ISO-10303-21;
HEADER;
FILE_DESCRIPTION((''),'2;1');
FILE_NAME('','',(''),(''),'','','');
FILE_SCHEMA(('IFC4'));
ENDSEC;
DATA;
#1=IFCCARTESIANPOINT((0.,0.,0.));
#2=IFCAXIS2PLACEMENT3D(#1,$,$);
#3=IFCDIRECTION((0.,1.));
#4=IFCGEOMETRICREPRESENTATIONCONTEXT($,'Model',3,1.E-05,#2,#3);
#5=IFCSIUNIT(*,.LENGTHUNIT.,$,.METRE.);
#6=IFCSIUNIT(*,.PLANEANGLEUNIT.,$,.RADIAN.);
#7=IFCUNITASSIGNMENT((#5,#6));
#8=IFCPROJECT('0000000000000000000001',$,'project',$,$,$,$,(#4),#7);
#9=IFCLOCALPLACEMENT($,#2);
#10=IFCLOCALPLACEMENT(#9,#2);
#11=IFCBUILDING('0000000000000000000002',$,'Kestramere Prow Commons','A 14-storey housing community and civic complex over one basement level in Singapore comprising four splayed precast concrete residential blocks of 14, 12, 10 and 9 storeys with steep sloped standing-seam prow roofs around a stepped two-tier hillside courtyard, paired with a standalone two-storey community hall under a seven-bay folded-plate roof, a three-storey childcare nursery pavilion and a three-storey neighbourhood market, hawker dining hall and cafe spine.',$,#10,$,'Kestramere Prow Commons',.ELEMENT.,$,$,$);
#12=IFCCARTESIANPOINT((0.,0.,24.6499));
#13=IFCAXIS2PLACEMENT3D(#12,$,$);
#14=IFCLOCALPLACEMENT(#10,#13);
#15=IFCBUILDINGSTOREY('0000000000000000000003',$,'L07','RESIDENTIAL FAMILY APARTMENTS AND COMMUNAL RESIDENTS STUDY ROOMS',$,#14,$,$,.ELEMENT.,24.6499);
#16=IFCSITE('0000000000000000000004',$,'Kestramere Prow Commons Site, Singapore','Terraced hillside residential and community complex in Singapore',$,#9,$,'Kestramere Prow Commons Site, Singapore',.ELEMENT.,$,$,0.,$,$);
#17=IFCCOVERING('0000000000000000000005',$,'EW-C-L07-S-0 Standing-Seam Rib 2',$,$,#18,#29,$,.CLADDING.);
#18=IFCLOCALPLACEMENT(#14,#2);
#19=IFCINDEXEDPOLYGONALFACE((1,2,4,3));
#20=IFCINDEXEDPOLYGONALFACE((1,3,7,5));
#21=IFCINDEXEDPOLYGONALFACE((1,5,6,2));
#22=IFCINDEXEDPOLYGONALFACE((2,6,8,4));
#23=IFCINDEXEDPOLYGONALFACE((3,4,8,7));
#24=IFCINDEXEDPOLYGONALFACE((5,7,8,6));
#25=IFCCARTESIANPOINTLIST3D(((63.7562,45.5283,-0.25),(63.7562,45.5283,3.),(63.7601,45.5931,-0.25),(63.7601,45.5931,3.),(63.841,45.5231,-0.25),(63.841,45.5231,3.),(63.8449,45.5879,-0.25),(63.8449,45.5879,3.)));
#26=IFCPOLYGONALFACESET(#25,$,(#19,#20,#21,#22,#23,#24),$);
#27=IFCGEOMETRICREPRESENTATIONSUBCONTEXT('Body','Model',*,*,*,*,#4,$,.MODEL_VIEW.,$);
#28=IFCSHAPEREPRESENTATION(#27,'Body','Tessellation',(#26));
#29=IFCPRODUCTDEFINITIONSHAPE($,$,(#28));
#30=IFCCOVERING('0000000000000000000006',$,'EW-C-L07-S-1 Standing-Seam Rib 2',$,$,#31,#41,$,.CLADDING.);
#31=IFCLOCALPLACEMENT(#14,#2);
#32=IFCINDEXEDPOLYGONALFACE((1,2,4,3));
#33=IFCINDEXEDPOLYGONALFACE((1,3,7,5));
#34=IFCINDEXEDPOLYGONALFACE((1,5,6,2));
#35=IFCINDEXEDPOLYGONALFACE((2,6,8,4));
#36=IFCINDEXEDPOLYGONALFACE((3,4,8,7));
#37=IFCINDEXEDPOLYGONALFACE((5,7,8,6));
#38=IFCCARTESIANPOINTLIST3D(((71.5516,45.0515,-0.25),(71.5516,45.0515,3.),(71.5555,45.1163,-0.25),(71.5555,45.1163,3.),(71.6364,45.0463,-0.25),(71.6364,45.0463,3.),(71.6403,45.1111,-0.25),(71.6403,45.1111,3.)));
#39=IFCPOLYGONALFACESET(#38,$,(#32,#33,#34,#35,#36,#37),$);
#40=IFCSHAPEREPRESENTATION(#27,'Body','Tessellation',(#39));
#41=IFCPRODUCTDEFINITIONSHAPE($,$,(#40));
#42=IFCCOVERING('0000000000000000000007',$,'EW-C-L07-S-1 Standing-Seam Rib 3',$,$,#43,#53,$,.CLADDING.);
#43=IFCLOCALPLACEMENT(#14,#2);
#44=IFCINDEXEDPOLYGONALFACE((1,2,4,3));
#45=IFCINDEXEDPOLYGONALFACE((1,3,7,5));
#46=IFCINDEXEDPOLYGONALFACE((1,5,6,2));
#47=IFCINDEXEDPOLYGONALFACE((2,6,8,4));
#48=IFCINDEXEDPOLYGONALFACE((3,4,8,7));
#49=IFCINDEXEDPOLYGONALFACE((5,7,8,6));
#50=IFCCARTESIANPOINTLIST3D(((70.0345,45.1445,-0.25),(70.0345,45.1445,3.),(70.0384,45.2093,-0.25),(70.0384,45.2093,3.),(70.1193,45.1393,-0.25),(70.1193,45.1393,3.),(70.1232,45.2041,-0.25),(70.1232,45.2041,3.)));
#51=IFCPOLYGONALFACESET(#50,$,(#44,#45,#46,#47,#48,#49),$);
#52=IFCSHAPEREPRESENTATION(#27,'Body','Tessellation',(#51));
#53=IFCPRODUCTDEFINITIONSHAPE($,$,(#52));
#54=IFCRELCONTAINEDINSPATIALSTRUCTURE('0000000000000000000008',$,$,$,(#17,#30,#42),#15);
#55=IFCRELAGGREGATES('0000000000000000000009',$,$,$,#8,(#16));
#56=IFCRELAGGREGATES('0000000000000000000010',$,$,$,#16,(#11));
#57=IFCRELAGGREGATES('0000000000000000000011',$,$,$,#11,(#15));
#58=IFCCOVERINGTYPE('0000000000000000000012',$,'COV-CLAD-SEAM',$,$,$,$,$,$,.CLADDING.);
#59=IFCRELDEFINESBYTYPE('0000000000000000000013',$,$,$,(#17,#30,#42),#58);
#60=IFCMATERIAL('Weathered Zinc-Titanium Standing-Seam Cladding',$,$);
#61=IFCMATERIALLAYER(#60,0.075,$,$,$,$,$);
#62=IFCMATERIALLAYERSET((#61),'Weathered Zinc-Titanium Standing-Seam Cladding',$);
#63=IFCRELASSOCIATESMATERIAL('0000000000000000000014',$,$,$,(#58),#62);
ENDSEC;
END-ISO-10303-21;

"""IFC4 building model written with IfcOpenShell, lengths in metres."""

from ifc_helpers import new_model, si_unit, direction, frame, origin, origin_2d, place, context, subcontext, project, spatial, rectangle, extrude, material, layer, layer_set, type_object, element, save


model = new_model("IFC4")

# Units and contexts
model_context = context("Model", 3, precision=1e-05, world=origin(), true_north=direction((0.0, 1.0)))
body_context = subcontext(model_context, "Body", "Model", "MODEL_VIEW")
ifc_project = project(units=[si_unit("LENGTHUNIT", "METRE"), si_unit("PLANEANGLEUNIT", "RADIAN")], contexts=[model_context])

# Site, building, storey
site_placement = place(None, origin())
site = spatial("IfcSite", under=ifc_project, at=site_placement, Name="Kestramere Prow Commons Site, Singapore", Description="Terraced hillside residential and community complex in Singapore", LongName="Kestramere Prow Commons Site, Singapore", CompositionType="ELEMENT", RefElevation=0.0)
building_placement = place(site_placement, origin())
building = spatial("IfcBuilding", under=site, at=building_placement, Name="Kestramere Prow Commons", Description="A 14-storey housing community and civic complex over one basement level in Singapore comprising four splayed precast concrete residential blocks of 14, 12, 10 and 9 storeys with steep sloped standing-seam prow roofs around a stepped two-tier hillside courtyard, paired with a standalone two-storey community hall under a seven-bay folded-plate roof, a three-storey childcare nursery pavilion and a three-storey neighbourhood market, hawker dining hall and cafe spine.", LongName="Kestramere Prow Commons", CompositionType="ELEMENT")
storey_placement = place(building_placement, frame((0.0, 0.0, 24.6499)))
storey = spatial("IfcBuildingStorey", under=building, at=storey_placement, Name="L07", Description="RESIDENTIAL FAMILY APARTMENTS AND COMMUNAL RESIDENTS STUDY ROOMS", CompositionType="ELEMENT", Elevation=24.6499)

# Coverings
ifc_material_1 = material(Name="Weathered Zinc-Titanium Standing-Seam Cladding")
ifc_layer_1 = layer(ifc_material_1, 0.075)
ifc_layer_set_1 = layer_set([ifc_layer_1], Name="Weathered Zinc-Titanium Standing-Seam Cladding")
covering_type = type_object("IfcCoveringType", Name="COV-CLAD-SEAM", PredefinedType="CLADDING", material=ifc_layer_set_1)
for number, where, z_axis, x_axis, name in (
    (1, (63.8005, 45.5581, -0.25), (0.0, 0.0, 1.0), (-0.998135, 0.061049, 0.0), "EW-C-L07-S-0 Standing-Seam Rib 2"),
    (2, (71.5959, 45.0813, -0.25), (0.0, 0.0, 1.0), (-0.998135, 0.061049, 0.0), "EW-C-L07-S-1 Standing-Seam Rib 2"),
    (3, (70.0789, 45.1743, -0.25), (0.0, 0.0, 1.0), (-0.998135, 0.061049, 0.0), "EW-C-L07-S-1 Standing-Seam Rib 3"),
):
    element("IfcCovering", number, at=place(storey_placement, frame(where, z_axis=z_axis, x_axis=x_axis)), inside=storey, type_object=covering_type, Name=name, PredefinedType="CLADDING", context=body_context, shape_type="SweptSolid", body=[
        extrude(rectangle(XDim=0.085, YDim=0.0649, at=origin_2d()), origin(), (0.0, 0.0, 1.0), 3.25),
    ])

save(model, "model.ifc")
